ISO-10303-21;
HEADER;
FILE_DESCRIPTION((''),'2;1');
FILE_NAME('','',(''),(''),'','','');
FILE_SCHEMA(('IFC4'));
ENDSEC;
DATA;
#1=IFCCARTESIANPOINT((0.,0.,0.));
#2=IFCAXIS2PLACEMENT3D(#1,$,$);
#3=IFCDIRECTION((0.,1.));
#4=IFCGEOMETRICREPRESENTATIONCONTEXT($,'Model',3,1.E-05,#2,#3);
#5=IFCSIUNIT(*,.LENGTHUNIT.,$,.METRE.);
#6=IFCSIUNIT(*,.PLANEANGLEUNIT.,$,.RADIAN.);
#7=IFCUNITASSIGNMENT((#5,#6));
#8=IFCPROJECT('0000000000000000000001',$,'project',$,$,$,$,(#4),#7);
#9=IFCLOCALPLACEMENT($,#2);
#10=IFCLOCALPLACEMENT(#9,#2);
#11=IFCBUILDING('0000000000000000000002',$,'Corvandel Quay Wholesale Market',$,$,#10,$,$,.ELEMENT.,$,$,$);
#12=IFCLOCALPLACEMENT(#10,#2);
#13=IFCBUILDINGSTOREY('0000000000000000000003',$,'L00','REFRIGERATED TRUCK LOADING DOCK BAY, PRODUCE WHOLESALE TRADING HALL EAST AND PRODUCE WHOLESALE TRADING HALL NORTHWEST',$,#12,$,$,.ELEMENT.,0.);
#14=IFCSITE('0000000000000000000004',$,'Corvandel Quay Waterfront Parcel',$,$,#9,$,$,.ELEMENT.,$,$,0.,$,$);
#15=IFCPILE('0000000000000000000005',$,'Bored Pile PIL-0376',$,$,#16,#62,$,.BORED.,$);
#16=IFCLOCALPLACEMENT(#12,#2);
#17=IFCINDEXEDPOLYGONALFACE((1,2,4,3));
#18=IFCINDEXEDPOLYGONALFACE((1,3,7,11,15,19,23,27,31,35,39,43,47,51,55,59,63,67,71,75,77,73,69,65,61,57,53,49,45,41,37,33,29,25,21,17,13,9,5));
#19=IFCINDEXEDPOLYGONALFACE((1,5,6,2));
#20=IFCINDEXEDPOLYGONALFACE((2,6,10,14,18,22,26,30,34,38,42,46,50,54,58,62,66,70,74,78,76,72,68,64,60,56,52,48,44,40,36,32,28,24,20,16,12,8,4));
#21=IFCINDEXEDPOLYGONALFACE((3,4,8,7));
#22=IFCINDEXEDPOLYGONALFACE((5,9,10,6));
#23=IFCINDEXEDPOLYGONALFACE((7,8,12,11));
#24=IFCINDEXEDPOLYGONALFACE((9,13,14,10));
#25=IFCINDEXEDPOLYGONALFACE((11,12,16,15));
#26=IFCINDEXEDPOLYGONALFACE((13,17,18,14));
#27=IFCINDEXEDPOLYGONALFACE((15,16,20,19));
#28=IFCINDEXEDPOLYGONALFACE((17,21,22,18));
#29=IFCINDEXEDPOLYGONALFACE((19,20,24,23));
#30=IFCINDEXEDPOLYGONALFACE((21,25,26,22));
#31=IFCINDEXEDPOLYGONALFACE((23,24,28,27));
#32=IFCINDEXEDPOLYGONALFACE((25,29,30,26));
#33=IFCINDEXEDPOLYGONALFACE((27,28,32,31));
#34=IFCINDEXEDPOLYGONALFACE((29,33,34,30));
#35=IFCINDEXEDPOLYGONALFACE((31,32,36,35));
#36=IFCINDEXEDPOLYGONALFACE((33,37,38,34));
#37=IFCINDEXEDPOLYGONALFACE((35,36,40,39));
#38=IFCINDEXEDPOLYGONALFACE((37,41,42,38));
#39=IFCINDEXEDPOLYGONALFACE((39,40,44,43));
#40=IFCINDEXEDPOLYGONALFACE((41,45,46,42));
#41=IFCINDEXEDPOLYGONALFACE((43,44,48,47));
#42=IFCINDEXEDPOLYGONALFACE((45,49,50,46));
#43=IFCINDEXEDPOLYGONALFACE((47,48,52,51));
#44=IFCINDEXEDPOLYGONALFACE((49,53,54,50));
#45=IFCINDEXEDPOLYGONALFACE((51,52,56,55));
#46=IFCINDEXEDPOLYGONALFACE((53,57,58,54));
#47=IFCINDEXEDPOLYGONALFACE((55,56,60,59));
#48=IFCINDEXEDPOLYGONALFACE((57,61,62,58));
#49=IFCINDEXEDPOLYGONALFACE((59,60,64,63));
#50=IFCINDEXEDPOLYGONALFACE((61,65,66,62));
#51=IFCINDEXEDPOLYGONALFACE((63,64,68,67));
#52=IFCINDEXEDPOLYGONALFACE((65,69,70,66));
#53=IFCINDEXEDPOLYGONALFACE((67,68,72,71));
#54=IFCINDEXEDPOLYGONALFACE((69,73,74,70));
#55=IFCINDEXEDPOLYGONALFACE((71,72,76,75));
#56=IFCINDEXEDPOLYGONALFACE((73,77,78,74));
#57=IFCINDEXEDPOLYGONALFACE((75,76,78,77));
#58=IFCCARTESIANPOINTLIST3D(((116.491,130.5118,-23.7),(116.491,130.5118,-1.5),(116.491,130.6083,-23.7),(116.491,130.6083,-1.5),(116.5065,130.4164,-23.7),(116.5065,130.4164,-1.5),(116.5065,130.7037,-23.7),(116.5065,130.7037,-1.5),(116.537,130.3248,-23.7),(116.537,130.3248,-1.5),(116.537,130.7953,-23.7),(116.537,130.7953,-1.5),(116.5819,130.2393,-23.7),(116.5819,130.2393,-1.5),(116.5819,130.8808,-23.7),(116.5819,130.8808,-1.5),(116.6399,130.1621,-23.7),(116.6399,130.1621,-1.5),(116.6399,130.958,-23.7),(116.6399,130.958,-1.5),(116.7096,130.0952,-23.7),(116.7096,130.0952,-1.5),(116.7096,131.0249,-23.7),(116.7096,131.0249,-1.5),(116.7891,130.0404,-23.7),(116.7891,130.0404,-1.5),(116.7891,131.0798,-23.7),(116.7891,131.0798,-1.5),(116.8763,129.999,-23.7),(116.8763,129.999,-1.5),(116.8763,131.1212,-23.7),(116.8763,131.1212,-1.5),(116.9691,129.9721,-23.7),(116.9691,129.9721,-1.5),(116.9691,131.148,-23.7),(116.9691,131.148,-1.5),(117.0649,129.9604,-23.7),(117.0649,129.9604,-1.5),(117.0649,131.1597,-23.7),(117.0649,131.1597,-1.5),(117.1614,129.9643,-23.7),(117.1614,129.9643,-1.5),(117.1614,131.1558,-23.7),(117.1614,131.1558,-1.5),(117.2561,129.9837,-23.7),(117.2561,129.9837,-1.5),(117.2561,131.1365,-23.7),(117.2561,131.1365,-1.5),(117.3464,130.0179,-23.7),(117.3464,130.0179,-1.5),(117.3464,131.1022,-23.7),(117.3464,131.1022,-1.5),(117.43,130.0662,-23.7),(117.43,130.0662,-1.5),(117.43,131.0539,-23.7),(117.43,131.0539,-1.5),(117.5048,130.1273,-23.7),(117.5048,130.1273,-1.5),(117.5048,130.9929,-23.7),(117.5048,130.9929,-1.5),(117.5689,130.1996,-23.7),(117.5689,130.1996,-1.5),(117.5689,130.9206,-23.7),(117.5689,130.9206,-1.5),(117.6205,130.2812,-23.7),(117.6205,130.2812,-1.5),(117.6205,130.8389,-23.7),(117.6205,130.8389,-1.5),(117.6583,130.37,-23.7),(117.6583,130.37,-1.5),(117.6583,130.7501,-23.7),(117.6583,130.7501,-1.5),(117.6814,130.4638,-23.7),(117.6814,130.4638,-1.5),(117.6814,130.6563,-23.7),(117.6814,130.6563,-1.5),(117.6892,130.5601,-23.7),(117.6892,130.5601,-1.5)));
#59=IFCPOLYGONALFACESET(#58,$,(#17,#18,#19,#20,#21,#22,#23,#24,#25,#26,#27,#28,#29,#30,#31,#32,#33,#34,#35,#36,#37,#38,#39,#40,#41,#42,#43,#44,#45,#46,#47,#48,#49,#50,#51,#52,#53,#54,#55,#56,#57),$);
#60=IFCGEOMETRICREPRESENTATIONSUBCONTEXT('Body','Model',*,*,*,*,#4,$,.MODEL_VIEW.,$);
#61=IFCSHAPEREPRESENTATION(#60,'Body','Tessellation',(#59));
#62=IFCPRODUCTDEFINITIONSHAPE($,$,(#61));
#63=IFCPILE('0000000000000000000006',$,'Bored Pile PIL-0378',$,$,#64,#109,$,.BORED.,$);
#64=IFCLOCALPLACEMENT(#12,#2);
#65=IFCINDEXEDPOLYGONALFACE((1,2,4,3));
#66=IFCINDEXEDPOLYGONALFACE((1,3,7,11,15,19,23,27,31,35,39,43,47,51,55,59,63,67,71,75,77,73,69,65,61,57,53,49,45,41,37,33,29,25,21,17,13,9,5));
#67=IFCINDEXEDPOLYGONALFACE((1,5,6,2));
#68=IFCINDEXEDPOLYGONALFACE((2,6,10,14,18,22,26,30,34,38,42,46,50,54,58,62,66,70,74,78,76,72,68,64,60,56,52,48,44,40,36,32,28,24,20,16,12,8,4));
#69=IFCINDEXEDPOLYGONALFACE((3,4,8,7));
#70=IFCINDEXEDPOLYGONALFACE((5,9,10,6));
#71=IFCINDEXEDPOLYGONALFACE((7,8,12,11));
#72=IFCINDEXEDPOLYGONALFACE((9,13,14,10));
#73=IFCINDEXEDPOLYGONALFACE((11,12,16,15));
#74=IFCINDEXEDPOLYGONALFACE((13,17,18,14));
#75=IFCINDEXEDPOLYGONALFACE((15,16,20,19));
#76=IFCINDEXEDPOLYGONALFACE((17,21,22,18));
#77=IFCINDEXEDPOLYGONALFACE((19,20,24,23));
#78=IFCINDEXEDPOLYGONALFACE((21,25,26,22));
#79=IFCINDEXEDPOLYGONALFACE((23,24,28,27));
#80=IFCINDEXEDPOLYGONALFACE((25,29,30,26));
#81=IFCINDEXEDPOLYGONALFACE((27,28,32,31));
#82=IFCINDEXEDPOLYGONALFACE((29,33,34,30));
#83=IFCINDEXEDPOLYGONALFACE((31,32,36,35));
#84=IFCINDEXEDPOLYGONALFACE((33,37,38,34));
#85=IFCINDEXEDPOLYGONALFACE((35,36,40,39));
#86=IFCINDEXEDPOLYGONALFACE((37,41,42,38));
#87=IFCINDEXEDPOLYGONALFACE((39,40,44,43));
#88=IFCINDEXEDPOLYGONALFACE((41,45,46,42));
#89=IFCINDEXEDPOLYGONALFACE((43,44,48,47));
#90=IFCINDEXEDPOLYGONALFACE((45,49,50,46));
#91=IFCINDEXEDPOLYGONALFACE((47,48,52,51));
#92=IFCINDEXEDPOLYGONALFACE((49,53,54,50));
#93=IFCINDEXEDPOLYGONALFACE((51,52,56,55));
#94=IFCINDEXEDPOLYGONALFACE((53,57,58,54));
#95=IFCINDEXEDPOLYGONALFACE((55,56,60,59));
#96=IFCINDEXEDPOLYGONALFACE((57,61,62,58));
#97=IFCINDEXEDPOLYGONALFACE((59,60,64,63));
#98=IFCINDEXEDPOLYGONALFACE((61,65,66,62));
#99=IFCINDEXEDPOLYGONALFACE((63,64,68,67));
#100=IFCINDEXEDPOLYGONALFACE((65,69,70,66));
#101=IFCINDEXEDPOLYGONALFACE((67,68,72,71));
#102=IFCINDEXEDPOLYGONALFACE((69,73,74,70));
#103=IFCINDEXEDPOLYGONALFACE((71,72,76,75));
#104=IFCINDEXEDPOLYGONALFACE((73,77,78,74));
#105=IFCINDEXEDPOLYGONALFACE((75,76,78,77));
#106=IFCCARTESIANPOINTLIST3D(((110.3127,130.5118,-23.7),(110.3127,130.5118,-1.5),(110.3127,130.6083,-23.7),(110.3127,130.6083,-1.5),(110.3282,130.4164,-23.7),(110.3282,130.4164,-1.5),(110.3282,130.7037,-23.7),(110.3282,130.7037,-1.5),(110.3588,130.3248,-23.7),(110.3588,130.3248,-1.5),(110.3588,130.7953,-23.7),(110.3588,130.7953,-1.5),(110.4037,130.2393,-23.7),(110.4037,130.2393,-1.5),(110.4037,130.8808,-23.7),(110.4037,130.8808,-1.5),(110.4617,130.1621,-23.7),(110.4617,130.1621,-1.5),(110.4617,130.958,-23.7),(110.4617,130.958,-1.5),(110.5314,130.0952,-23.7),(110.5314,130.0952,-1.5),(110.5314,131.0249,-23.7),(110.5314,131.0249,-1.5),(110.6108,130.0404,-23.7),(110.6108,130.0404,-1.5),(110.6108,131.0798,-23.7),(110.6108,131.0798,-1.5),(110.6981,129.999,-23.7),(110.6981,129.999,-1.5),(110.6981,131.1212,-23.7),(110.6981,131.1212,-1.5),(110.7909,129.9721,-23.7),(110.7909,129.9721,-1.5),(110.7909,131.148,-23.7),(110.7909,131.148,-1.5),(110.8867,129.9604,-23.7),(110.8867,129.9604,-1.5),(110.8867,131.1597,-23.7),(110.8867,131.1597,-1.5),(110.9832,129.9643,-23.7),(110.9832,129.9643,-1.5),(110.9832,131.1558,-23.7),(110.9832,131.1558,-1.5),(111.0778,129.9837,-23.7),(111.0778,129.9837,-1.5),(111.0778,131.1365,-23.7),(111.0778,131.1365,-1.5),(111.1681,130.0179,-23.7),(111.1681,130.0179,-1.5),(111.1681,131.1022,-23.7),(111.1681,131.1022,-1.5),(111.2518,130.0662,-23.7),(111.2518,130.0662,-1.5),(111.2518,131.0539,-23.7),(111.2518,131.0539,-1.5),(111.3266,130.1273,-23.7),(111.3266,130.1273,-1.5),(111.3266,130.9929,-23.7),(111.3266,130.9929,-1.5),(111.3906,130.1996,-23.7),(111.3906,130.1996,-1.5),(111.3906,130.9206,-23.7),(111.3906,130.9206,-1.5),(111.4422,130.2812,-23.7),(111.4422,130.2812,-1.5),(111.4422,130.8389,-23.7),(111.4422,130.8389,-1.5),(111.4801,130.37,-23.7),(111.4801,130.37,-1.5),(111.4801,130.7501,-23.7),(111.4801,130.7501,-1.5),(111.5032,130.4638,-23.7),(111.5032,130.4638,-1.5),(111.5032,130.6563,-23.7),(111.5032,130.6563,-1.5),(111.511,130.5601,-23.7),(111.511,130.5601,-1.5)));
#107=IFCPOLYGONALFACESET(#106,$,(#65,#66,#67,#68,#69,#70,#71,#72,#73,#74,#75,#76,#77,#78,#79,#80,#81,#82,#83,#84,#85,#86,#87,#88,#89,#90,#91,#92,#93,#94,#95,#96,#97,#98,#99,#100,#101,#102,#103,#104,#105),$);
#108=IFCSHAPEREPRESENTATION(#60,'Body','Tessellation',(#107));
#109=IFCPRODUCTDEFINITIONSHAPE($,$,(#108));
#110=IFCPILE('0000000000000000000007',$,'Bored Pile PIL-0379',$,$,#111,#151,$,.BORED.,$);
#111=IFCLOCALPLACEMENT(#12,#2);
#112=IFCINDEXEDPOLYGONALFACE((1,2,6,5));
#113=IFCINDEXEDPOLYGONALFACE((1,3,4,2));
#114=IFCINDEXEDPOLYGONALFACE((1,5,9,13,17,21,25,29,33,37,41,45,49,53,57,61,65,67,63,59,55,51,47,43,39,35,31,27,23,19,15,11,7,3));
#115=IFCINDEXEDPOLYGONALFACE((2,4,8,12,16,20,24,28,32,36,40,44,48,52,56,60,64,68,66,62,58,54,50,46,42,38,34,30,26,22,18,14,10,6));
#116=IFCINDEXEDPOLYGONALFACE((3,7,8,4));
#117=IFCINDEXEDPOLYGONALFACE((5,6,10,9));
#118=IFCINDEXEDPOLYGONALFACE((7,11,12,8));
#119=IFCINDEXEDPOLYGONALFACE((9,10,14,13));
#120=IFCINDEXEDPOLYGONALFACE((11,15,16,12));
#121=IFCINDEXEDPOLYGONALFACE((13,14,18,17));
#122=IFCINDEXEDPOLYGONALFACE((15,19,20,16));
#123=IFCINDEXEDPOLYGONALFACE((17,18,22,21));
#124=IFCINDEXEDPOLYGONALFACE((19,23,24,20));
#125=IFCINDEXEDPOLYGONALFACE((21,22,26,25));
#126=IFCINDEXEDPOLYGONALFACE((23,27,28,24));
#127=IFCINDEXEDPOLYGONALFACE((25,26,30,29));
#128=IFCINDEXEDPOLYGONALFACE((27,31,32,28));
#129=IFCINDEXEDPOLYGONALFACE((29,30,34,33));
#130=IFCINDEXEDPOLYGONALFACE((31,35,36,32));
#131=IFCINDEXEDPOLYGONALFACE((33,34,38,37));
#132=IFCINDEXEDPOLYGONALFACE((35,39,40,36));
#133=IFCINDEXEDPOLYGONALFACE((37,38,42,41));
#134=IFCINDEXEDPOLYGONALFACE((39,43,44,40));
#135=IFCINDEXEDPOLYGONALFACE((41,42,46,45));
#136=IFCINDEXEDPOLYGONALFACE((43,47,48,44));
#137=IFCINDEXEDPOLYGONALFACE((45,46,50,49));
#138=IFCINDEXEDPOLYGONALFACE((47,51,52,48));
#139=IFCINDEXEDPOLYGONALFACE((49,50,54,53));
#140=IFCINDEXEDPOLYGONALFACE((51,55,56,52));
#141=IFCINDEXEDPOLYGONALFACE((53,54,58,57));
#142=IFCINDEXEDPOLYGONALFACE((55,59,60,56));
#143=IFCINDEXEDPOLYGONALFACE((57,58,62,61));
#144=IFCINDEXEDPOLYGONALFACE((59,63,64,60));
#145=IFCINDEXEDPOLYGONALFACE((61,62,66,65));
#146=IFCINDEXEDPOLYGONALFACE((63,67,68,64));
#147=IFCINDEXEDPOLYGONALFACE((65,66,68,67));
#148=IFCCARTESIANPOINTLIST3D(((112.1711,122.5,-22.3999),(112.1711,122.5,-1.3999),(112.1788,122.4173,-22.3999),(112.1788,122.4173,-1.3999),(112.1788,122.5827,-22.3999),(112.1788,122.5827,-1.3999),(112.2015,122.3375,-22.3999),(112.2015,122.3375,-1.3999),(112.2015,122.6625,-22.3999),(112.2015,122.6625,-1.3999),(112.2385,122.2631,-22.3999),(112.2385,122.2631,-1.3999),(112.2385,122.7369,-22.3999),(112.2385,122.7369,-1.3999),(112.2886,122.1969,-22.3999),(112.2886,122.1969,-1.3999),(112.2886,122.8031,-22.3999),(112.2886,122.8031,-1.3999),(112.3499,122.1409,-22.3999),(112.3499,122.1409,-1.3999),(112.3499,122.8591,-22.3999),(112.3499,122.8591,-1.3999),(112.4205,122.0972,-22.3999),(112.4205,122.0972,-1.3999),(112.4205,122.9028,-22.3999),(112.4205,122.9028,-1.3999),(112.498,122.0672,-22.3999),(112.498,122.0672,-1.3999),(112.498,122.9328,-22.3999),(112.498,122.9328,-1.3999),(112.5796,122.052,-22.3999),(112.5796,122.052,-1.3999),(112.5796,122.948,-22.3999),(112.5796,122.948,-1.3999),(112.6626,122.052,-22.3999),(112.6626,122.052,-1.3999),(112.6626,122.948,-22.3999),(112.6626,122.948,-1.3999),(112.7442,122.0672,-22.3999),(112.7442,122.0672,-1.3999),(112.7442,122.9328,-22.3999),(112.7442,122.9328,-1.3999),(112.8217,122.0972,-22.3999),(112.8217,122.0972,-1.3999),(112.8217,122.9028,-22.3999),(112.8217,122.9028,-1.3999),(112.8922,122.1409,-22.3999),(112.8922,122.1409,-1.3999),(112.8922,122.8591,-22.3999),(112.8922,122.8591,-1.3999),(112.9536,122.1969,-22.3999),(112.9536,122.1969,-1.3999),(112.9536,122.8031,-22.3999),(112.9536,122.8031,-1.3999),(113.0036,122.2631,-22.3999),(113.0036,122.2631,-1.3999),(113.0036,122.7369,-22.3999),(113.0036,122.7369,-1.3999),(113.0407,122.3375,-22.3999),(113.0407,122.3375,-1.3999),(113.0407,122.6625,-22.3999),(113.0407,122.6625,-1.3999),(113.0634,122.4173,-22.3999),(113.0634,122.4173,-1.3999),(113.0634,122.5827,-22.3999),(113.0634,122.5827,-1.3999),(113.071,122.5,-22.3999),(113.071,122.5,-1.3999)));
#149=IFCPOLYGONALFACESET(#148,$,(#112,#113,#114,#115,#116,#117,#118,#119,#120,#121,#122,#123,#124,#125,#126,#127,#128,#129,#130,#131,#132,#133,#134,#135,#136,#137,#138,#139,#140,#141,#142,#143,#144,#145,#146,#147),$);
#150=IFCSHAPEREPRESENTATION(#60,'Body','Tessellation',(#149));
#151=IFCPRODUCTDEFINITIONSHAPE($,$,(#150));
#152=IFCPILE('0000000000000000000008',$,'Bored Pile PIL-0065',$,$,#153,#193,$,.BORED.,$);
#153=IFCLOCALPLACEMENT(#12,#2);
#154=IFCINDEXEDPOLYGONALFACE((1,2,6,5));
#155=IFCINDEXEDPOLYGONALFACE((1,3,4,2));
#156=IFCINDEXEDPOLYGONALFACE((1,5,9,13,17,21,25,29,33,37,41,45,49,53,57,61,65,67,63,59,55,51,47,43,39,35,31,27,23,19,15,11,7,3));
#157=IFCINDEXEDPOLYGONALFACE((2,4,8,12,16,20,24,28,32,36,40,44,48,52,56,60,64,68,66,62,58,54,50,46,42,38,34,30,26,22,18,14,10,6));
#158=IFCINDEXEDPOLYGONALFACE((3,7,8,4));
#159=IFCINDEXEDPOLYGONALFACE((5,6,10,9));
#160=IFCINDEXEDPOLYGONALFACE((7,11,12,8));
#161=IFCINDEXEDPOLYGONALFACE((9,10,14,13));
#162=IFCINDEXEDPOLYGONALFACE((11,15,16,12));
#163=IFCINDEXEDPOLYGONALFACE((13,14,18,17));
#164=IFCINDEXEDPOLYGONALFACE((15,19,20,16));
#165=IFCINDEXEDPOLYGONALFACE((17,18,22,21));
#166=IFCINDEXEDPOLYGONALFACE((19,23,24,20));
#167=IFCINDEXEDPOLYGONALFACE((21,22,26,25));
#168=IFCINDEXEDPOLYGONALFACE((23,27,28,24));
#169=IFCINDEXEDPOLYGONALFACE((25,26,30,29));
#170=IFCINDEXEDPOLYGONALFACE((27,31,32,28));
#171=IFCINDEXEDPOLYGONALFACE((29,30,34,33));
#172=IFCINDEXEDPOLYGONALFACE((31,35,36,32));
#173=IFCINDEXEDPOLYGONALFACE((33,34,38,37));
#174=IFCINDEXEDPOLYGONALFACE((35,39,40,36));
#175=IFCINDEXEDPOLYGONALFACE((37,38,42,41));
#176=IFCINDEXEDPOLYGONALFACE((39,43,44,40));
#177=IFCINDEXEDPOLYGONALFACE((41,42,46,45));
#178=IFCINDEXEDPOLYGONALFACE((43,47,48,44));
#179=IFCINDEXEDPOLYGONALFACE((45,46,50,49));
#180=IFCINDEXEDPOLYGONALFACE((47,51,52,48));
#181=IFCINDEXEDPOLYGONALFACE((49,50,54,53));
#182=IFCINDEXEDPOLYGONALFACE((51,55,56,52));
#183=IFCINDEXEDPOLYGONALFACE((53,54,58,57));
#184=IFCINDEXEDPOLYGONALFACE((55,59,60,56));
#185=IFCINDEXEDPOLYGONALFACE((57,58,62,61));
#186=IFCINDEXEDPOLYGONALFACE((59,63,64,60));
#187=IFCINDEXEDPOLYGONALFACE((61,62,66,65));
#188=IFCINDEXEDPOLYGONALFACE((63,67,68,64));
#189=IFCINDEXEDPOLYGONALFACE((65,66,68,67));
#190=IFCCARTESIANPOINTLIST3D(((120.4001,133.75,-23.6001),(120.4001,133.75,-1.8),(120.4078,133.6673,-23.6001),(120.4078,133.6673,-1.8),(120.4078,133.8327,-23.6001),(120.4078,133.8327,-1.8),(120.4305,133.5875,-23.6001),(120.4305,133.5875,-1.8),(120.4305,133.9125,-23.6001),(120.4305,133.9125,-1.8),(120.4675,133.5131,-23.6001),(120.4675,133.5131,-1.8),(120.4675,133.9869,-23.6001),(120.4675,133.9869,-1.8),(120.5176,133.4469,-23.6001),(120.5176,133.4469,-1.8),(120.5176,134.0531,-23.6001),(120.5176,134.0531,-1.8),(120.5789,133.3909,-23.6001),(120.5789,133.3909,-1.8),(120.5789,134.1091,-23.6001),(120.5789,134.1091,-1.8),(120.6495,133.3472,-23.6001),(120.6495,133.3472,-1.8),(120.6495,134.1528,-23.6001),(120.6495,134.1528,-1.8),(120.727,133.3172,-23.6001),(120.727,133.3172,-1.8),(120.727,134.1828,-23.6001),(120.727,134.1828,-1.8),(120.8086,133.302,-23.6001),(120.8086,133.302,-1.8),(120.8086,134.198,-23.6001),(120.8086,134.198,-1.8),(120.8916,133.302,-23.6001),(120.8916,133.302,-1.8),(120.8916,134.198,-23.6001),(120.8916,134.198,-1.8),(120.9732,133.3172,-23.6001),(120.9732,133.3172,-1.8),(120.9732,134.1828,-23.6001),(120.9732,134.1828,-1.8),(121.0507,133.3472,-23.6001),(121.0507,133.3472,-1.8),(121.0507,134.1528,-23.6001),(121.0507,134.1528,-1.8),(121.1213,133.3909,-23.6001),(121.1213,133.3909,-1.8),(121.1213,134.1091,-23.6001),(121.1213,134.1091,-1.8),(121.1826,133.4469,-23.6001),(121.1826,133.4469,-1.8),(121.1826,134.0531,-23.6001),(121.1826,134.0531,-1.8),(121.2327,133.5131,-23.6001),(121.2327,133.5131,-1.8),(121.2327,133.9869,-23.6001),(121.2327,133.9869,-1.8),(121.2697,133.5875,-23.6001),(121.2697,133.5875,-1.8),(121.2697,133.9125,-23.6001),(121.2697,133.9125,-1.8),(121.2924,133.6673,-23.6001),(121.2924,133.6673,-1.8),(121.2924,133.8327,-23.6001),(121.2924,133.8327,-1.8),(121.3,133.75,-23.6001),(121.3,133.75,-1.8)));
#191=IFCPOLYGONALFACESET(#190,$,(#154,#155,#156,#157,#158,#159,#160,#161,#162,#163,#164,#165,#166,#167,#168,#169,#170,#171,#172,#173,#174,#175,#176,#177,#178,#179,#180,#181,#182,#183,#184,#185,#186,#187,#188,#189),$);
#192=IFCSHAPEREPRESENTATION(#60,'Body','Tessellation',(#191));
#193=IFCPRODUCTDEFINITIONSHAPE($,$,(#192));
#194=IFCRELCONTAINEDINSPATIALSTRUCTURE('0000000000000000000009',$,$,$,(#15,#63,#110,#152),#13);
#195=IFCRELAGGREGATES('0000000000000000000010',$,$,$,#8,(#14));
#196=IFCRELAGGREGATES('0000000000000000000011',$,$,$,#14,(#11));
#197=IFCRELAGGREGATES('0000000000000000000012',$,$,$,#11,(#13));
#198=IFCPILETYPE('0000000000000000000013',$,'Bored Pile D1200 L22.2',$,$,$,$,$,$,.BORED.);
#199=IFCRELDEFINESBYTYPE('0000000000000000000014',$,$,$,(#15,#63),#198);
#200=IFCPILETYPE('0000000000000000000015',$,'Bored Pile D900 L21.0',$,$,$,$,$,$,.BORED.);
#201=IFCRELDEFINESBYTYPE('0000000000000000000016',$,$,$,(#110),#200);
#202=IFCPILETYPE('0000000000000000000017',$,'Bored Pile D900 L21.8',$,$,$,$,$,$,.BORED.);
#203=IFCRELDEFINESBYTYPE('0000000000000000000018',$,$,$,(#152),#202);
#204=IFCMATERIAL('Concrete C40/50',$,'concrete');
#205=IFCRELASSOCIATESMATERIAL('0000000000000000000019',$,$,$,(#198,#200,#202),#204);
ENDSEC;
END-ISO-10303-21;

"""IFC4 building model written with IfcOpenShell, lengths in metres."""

from ifc_helpers import new_model, si_unit, direction, frame, origin, origin_2d, place, context, subcontext, project, spatial, circle, extrude, material, material_profile, profile_set, type_object, element, save


model = new_model("IFC4")

# Units and contexts
model_context = context("Model", 3, precision=1e-05, world=origin(), true_north=direction((0.0, 1.0)))
body_context = subcontext(model_context, "Body", "Model", "MODEL_VIEW")
ifc_project = project(units=[si_unit("LENGTHUNIT", "METRE"), si_unit("PLANEANGLEUNIT", "RADIAN")], contexts=[model_context])

# Site, building, storey
site_placement = place(None, origin())
site = spatial("IfcSite", under=ifc_project, at=site_placement, Name="Corvandel Quay Waterfront Parcel", CompositionType="ELEMENT", RefElevation=0.0)
building_placement = place(site_placement, origin())
building = spatial("IfcBuilding", under=site, at=building_placement, Name="Corvandel Quay Wholesale Market", CompositionType="ELEMENT")
storey_placement = place(building_placement, origin())
storey = spatial("IfcBuildingStorey", under=building, at=storey_placement, Name="L00", Description="REFRIGERATED TRUCK LOADING DOCK BAY, PRODUCE WHOLESALE TRADING HALL EAST AND PRODUCE WHOLESALE TRADING HALL NORTHWEST", CompositionType="ELEMENT", Elevation=0.0)

# Piles
ifc_material_1 = material(Name="Concrete C40/50", Category="concrete")
ifc_material_profile_1 = material_profile(ifc_material_1, circle(Radius=0.6001, at=origin_2d()), Name="RC-PILE-D1200")
ifc_profile_set_1 = profile_set([ifc_material_profile_1], Name="Concrete C40/50")
pile_type_1 = type_object("IfcPileType", Name="Bored Pile D1200 L22.2", PredefinedType="BORED", material=ifc_profile_set_1)
for number, where, z_axis, x_axis, name in (
    (1, (117.0891, 130.5601, -1.5), (0.0, 0.0, -1.0), (1.0, 0.0, 0.0), "Bored Pile PIL-0376"),
    (2, (110.9109, 130.5601, -1.5), (0.0, 0.0, -1.0), (1.0, 0.0, 0.0), "Bored Pile PIL-0378"),
):
    element("IfcPile", number, at=place(storey_placement, frame(where, z_axis=z_axis, x_axis=x_axis)), inside=storey, type_object=pile_type_1, Name=name, PredefinedType="BORED", context=body_context, shape_type="SweptSolid", body=[
        extrude(circle(Radius=0.6001, at=origin_2d()), origin(), (0.0, 0.0, 1.0), 22.2),
    ])
ifc_material_profile_2 = material_profile(ifc_material_1, circle(Radius=0.45, at=origin_2d()), Name="RC-PILE-D900")
ifc_profile_set_2 = profile_set([ifc_material_profile_2], Name="Concrete C40/50")
pile_type_2 = type_object("IfcPileType", Name="Bored Pile D900 L21.0", PredefinedType="BORED", material=ifc_profile_set_2)
pile_placement = place(storey_placement, frame((112.6211, 122.5, -1.3999), z_axis=(0.0, 0.0, -1.0), x_axis=(1.0, 0.0, 0.0)))
element("IfcPile", 3, at=pile_placement, inside=storey, type_object=pile_type_2, Name="Bored Pile PIL-0379", PredefinedType="BORED", context=body_context, shape_type="SweptSolid", body=[
    extrude(circle(Radius=0.45, at=origin_2d()), origin(), (0.0, 0.0, 1.0), 21.0),
])
ifc_material_profile_3 = material_profile(ifc_material_1, circle(Radius=0.45, at=origin_2d()), Name="RC-PILE-D900")
ifc_profile_set_3 = profile_set([ifc_material_profile_3], Name="Concrete C40/50")
pile_type_3 = type_object("IfcPileType", Name="Bored Pile D900 L21.8", PredefinedType="BORED", material=ifc_profile_set_3)
for number, where, z_axis, x_axis, name in (
    (4, (120.8501, 133.75, -1.8), (0.0, 0.0, -1.0), (1.0, 0.0, 0.0), "Bored Pile PIL-0065"),
):
    element("IfcPile", number, at=place(storey_placement, frame(where, z_axis=z_axis, x_axis=x_axis)), inside=storey, type_object=pile_type_3, Name=name, PredefinedType="BORED", context=body_context, shape_type="SweptSolid", body=[
        extrude(circle(Radius=0.45, at=origin_2d()), origin(), (0.0, 0.0, 1.0), 21.8),
    ])

save(model, "model.ifc")
